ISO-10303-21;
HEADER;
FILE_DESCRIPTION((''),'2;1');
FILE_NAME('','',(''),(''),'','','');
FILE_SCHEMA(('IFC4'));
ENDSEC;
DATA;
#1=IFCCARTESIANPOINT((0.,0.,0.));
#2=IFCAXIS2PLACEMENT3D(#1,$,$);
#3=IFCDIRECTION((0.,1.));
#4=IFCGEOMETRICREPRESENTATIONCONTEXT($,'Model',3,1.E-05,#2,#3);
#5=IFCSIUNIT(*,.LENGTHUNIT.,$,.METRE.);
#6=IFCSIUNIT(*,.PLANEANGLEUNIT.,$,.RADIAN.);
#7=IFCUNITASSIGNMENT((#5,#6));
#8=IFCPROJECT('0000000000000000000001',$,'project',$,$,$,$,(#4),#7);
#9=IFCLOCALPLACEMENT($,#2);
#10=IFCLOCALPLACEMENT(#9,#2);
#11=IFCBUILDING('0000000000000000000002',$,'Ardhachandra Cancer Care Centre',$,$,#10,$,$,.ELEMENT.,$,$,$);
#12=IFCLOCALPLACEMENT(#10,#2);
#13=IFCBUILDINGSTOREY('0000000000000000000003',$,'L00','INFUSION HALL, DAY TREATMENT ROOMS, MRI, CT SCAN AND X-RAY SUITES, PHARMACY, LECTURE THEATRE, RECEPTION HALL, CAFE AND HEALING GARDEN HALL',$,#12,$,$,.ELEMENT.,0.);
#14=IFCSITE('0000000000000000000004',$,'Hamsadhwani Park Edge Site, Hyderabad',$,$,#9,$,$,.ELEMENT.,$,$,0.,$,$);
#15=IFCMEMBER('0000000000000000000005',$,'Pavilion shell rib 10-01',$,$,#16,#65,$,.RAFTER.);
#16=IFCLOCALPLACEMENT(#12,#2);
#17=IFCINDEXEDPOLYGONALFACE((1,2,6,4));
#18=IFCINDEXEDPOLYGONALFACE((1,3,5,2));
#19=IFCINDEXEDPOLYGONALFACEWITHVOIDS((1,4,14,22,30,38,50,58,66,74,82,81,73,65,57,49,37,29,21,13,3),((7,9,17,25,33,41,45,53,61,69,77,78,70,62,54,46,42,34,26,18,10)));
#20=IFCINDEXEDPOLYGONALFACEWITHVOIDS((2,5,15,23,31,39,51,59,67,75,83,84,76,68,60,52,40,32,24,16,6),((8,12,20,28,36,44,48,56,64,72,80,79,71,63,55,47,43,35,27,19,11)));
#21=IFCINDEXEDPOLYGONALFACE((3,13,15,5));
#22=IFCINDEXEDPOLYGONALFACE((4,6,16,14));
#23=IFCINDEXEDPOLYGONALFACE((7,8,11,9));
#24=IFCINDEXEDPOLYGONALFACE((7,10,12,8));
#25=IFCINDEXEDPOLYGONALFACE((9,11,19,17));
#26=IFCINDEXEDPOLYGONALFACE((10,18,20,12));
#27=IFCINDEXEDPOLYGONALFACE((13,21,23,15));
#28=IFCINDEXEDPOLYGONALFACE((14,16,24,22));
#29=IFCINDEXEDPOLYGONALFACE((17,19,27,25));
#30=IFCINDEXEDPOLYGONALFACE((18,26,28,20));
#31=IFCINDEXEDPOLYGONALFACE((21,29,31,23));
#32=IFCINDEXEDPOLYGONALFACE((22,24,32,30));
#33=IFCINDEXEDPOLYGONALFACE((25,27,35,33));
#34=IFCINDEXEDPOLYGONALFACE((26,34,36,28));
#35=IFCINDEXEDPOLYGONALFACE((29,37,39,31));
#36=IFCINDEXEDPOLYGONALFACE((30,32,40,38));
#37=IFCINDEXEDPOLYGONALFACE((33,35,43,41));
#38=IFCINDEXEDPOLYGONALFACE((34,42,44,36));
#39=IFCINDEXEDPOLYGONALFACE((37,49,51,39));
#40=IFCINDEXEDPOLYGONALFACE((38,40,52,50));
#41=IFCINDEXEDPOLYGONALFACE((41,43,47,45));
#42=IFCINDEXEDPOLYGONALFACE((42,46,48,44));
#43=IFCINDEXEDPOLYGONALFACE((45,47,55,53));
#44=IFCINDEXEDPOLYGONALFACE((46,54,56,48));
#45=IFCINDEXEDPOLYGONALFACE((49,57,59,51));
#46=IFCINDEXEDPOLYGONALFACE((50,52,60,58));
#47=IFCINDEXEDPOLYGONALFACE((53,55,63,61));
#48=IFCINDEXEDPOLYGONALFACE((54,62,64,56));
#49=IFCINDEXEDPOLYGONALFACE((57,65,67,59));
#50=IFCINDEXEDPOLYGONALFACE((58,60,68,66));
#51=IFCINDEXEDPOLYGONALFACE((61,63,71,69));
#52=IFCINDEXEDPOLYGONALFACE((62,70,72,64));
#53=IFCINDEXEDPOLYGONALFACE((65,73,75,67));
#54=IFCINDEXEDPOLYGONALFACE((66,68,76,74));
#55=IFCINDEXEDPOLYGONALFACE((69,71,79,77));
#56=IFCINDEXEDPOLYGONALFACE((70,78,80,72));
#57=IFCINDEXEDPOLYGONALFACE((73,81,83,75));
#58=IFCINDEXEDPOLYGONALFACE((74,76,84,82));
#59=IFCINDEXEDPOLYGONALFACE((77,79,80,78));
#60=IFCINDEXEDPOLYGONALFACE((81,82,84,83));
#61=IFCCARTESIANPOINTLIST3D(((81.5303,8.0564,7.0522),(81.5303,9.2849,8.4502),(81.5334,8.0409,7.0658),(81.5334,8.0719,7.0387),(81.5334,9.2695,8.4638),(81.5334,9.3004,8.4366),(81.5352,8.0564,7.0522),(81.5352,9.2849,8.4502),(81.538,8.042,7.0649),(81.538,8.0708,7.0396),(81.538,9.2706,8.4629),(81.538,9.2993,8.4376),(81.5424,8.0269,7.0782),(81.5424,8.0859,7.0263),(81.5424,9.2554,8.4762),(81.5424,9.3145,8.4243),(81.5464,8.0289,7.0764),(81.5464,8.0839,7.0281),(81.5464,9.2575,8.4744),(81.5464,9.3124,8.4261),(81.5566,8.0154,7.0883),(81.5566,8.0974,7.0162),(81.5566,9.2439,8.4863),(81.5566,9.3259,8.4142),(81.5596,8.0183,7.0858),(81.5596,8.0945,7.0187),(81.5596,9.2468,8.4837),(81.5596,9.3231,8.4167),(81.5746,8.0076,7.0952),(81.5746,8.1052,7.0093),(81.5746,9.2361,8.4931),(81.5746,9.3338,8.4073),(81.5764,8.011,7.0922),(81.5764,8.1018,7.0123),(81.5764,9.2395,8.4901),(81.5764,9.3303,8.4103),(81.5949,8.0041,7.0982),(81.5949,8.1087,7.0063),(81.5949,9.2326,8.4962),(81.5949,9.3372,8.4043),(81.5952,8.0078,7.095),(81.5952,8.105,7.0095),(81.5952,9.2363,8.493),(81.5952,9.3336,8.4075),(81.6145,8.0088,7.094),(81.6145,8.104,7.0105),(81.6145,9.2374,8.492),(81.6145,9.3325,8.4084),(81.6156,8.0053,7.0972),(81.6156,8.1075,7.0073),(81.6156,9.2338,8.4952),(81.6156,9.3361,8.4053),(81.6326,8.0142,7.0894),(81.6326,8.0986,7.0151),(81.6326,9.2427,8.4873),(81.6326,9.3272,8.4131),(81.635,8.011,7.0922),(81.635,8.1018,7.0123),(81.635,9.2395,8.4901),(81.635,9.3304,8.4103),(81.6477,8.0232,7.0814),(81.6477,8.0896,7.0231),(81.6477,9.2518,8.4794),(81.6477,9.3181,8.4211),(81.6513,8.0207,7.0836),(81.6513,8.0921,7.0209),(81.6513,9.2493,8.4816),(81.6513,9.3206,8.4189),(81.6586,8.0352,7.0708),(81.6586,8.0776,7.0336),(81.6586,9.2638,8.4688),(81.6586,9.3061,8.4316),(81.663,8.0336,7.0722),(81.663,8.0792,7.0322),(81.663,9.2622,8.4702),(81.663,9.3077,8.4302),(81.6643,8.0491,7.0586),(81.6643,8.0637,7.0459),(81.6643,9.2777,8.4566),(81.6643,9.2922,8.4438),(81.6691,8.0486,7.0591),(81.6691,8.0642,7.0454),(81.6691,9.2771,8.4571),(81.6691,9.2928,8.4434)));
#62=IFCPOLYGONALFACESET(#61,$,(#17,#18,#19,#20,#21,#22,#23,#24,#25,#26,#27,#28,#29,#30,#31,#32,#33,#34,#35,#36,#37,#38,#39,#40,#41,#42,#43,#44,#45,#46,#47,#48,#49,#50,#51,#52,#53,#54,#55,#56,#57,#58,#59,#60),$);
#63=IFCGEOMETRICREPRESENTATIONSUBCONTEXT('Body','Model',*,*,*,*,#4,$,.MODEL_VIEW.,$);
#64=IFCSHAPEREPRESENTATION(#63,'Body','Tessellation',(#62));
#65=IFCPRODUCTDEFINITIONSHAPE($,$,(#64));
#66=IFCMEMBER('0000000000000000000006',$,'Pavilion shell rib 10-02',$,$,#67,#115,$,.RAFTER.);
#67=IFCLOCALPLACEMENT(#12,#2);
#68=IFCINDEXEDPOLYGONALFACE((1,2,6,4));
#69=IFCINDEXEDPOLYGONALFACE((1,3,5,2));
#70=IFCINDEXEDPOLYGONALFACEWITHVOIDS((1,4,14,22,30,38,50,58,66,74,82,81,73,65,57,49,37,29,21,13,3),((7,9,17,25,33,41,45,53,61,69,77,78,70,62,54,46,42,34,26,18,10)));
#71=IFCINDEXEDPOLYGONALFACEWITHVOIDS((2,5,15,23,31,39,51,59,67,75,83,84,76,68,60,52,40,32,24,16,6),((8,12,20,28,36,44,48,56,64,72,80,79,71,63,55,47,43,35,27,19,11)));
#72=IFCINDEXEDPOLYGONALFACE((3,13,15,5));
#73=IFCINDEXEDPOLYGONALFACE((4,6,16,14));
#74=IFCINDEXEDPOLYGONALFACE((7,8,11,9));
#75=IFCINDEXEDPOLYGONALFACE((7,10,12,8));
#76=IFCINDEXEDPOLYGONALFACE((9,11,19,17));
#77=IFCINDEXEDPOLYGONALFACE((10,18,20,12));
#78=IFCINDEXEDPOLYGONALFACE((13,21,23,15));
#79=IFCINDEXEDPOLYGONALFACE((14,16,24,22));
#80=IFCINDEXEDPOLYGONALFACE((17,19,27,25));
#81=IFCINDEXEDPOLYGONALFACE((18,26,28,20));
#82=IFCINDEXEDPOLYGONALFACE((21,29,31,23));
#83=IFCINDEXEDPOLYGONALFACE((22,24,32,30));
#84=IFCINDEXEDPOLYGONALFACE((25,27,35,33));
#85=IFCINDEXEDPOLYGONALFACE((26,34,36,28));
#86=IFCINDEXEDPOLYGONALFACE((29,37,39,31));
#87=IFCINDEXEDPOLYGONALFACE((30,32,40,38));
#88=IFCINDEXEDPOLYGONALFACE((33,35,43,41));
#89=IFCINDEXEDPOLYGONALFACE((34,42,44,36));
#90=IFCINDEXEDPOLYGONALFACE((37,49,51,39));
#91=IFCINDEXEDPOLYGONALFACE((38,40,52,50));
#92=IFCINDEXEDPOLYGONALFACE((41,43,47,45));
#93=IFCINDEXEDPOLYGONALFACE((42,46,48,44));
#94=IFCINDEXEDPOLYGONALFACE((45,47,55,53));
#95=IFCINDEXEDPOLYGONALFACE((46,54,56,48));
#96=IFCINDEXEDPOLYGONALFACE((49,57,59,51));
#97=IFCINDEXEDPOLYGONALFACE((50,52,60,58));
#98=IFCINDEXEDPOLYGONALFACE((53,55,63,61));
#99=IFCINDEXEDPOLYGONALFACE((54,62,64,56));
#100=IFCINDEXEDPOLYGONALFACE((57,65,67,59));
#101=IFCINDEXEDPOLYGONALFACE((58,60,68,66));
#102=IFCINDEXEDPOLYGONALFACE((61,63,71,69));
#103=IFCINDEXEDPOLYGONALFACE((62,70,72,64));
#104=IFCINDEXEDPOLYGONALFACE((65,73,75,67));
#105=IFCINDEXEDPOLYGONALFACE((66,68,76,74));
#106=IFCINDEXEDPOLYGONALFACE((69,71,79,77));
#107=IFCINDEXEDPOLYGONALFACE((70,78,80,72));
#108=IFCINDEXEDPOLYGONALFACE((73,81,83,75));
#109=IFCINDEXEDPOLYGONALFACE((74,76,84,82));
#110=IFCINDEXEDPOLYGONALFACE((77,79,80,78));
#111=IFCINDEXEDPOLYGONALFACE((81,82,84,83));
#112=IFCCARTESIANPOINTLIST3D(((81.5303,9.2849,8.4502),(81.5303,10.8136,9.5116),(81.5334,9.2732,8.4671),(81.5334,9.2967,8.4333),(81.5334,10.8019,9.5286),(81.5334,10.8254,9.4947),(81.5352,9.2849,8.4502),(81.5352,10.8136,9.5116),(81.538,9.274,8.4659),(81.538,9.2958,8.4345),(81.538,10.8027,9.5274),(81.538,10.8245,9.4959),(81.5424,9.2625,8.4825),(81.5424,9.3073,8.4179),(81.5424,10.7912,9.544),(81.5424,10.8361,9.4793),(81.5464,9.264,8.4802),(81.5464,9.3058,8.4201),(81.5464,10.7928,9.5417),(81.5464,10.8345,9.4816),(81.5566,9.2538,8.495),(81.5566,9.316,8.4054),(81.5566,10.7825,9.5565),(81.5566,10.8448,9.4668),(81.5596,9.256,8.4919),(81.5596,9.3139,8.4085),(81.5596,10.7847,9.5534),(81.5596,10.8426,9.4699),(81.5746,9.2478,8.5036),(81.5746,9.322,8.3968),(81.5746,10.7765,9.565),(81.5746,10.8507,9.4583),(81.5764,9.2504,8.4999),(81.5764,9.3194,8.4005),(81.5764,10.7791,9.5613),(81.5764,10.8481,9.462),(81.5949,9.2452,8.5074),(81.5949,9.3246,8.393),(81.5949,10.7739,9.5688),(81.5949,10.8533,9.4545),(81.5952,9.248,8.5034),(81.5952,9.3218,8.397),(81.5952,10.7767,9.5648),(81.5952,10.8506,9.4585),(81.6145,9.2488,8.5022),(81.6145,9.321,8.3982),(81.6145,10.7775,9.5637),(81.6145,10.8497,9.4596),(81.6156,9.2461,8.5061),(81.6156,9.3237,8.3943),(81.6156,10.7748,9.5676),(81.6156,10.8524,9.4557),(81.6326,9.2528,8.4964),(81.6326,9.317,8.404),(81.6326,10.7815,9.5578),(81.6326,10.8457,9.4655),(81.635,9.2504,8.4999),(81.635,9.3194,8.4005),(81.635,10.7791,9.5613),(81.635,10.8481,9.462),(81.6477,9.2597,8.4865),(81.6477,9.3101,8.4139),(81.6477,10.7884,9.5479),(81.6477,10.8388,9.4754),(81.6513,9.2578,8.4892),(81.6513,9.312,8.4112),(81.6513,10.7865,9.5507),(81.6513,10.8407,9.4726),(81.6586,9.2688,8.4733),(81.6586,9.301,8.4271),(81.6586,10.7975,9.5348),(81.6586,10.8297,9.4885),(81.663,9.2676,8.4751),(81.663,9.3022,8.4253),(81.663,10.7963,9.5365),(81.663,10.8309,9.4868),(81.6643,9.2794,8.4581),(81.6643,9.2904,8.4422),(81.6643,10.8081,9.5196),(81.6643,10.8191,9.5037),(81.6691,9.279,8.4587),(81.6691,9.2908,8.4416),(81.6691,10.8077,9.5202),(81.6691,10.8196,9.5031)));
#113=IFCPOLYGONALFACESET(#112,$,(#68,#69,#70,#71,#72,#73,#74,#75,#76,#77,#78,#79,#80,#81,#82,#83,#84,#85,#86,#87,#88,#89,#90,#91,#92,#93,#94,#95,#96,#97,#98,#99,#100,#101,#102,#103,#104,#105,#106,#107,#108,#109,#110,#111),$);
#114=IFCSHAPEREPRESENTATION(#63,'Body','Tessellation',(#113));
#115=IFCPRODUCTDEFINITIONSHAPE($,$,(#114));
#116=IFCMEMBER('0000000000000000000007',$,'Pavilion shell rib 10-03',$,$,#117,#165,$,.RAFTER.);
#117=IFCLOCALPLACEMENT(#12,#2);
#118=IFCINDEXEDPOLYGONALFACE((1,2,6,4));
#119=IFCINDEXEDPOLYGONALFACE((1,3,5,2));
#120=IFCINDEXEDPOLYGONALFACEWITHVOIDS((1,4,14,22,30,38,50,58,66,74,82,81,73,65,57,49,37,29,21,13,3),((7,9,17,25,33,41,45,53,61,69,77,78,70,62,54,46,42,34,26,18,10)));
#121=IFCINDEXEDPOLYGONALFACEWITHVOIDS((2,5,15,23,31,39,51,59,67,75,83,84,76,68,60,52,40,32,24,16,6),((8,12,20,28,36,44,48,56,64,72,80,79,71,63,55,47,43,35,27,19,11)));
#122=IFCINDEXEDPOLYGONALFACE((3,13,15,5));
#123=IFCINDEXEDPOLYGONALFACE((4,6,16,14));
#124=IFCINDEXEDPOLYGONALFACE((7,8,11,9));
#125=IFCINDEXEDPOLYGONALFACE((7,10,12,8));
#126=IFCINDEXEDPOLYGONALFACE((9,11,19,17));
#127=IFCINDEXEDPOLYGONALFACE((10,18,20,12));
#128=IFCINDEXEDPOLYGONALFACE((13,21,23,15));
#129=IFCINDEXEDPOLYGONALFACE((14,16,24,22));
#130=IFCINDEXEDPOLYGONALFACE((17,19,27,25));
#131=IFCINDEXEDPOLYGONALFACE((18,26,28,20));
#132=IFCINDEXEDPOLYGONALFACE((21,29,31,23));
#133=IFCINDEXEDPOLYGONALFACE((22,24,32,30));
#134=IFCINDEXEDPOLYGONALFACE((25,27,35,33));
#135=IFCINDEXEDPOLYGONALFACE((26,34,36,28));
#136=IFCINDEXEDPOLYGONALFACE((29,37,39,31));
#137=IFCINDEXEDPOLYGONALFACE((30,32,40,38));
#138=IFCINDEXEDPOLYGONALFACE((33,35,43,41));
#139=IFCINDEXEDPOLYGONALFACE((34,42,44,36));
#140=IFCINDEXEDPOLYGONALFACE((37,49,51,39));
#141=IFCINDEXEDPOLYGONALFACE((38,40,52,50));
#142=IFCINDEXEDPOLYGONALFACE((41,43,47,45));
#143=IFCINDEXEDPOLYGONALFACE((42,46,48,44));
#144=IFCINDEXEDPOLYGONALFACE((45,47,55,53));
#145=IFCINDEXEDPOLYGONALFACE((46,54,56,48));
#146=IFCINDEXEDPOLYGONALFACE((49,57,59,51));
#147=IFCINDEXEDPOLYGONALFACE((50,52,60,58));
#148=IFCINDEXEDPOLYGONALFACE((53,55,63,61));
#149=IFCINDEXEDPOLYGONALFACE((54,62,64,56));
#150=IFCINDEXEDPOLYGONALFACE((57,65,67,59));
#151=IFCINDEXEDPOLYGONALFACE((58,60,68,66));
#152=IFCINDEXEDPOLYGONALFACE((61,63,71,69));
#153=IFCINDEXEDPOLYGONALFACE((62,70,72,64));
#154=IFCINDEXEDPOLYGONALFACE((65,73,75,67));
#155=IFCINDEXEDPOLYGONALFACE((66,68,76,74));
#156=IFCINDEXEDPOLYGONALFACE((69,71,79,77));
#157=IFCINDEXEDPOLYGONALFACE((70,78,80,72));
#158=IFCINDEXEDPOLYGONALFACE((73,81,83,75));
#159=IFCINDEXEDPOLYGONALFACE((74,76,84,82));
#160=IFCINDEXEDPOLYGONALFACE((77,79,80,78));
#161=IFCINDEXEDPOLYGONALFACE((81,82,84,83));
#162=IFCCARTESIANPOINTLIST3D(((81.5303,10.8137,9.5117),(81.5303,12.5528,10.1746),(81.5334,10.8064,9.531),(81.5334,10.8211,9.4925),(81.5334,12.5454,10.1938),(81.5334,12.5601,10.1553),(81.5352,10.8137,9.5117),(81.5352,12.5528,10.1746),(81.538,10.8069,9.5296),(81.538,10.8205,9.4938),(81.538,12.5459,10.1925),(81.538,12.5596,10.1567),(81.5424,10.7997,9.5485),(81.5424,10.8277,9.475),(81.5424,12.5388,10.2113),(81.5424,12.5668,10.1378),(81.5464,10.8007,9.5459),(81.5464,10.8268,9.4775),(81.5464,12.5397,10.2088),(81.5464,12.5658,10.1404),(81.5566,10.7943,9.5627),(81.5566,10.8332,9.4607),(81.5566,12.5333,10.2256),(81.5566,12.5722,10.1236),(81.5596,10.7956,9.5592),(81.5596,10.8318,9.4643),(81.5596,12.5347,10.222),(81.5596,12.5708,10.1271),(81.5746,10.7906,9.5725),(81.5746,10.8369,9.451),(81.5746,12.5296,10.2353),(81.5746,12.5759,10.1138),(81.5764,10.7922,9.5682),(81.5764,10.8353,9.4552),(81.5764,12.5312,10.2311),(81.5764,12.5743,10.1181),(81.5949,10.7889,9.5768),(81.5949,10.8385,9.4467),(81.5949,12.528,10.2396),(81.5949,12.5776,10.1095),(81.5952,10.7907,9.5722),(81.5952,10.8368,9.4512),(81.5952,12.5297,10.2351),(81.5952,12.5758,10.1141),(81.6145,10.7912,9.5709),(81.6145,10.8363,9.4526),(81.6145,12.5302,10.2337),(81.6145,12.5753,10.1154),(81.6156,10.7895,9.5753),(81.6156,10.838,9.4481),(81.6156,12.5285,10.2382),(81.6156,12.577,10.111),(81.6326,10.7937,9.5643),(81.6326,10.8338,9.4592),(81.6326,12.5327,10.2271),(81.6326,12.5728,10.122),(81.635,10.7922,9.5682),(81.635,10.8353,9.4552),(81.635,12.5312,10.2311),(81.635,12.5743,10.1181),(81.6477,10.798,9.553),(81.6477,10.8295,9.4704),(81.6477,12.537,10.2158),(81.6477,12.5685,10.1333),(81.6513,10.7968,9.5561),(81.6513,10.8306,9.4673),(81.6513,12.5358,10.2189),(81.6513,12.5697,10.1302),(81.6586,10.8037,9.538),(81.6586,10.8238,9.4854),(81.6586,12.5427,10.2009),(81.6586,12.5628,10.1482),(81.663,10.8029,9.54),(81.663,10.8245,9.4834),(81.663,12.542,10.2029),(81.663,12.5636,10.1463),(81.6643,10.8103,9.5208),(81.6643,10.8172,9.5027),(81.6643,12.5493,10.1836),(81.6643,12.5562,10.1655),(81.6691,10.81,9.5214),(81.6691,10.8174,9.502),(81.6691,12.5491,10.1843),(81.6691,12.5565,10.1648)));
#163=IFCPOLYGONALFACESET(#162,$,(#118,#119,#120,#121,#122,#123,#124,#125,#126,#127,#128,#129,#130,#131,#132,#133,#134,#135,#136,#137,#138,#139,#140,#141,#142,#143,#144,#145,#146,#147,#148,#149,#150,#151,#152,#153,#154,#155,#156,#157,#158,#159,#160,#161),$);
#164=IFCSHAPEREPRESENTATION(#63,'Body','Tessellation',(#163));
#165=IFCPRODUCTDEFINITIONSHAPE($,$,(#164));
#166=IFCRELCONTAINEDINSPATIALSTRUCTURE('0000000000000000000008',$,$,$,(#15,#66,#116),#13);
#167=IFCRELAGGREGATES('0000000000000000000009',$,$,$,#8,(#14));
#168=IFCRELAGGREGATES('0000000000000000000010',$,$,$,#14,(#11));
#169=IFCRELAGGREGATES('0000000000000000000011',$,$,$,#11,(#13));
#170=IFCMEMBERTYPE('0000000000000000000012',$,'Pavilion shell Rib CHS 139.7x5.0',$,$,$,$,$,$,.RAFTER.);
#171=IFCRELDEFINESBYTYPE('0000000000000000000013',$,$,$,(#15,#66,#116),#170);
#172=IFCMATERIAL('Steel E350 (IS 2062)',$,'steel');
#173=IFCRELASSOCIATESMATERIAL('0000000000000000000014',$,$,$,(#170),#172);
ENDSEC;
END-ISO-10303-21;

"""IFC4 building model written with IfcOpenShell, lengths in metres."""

from ifc_helpers import new_model, si_unit, direction, frame, origin, origin_2d, place, context, subcontext, project, spatial, hollow_circle, extrude, material, material_profile, profile_set, type_object, element, save


model = new_model("IFC4")

# Units and contexts
model_context = context("Model", 3, precision=1e-05, world=origin(), true_north=direction((0.0, 1.0)))
body_context = subcontext(model_context, "Body", "Model", "MODEL_VIEW")
ifc_project = project(units=[si_unit("LENGTHUNIT", "METRE"), si_unit("PLANEANGLEUNIT", "RADIAN")], contexts=[model_context])

# Site, building, storey
site_placement = place(None, origin())
site = spatial("IfcSite", under=ifc_project, at=site_placement, Name="Hamsadhwani Park Edge Site, Hyderabad", CompositionType="ELEMENT", RefElevation=0.0)
building_placement = place(site_placement, origin())
building = spatial("IfcBuilding", under=site, at=building_placement, Name="Ardhachandra Cancer Care Centre", CompositionType="ELEMENT")
storey_placement = place(building_placement, origin())
storey = spatial("IfcBuildingStorey", under=building, at=storey_placement, Name="L00", Description="INFUSION HALL, DAY TREATMENT ROOMS, MRI, CT SCAN AND X-RAY SUITES, PHARMACY, LECTURE THEATRE, RECEPTION HALL, CAFE AND HEALING GARDEN HALL", CompositionType="ELEMENT", Elevation=0.0)

# Members
ifc_material_1 = material(Name="Steel E350 (IS 2062)", Category="steel")
ifc_material_profile_1 = material_profile(ifc_material_1, hollow_circle(Radius=0.0698, WallThickness=0.0049, at=origin_2d()), Name="CHS 139.7x5.0")
ifc_profile_set_1 = profile_set([ifc_material_profile_1], Name="Steel E350 (IS 2062)")
member_type_1 = type_object("IfcMemberType", Name="Pavilion shell Rib CHS 139.7x5.0", PredefinedType="RAFTER", material=ifc_profile_set_1)
for number, where, z_axis, x_axis, name in (
    (1, (81.6001, 8.0564, 7.0522), (0.0, 0.660119, 0.751161), (-1.0, 0.0, 0.0), "Pavilion shell rib 10-01"),
    (2, (81.6001, 9.2849, 8.4502), (0.0, 0.821408, 0.570342), (-1.0, 0.0, 0.0), "Pavilion shell rib 10-02"),
    (3, (81.6001, 10.8137, 9.5117), (0.0, 0.934423, 0.356164), (-1.0, 0.0, 0.0), "Pavilion shell rib 10-03"),
):
    element("IfcMember", number, at=place(storey_placement, frame(where, z_axis=z_axis, x_axis=x_axis)), inside=storey, type_object=member_type_1, Name=name, PredefinedType="RAFTER", context=body_context, shape_type="SweptSolid", body=[
        extrude(hollow_circle(Radius=0.0698, WallThickness=0.0049, at=origin_2d()), origin(), (0.0, 0.0, 1.0), 1.8611),
    ])

save(model, "model.ifc")
